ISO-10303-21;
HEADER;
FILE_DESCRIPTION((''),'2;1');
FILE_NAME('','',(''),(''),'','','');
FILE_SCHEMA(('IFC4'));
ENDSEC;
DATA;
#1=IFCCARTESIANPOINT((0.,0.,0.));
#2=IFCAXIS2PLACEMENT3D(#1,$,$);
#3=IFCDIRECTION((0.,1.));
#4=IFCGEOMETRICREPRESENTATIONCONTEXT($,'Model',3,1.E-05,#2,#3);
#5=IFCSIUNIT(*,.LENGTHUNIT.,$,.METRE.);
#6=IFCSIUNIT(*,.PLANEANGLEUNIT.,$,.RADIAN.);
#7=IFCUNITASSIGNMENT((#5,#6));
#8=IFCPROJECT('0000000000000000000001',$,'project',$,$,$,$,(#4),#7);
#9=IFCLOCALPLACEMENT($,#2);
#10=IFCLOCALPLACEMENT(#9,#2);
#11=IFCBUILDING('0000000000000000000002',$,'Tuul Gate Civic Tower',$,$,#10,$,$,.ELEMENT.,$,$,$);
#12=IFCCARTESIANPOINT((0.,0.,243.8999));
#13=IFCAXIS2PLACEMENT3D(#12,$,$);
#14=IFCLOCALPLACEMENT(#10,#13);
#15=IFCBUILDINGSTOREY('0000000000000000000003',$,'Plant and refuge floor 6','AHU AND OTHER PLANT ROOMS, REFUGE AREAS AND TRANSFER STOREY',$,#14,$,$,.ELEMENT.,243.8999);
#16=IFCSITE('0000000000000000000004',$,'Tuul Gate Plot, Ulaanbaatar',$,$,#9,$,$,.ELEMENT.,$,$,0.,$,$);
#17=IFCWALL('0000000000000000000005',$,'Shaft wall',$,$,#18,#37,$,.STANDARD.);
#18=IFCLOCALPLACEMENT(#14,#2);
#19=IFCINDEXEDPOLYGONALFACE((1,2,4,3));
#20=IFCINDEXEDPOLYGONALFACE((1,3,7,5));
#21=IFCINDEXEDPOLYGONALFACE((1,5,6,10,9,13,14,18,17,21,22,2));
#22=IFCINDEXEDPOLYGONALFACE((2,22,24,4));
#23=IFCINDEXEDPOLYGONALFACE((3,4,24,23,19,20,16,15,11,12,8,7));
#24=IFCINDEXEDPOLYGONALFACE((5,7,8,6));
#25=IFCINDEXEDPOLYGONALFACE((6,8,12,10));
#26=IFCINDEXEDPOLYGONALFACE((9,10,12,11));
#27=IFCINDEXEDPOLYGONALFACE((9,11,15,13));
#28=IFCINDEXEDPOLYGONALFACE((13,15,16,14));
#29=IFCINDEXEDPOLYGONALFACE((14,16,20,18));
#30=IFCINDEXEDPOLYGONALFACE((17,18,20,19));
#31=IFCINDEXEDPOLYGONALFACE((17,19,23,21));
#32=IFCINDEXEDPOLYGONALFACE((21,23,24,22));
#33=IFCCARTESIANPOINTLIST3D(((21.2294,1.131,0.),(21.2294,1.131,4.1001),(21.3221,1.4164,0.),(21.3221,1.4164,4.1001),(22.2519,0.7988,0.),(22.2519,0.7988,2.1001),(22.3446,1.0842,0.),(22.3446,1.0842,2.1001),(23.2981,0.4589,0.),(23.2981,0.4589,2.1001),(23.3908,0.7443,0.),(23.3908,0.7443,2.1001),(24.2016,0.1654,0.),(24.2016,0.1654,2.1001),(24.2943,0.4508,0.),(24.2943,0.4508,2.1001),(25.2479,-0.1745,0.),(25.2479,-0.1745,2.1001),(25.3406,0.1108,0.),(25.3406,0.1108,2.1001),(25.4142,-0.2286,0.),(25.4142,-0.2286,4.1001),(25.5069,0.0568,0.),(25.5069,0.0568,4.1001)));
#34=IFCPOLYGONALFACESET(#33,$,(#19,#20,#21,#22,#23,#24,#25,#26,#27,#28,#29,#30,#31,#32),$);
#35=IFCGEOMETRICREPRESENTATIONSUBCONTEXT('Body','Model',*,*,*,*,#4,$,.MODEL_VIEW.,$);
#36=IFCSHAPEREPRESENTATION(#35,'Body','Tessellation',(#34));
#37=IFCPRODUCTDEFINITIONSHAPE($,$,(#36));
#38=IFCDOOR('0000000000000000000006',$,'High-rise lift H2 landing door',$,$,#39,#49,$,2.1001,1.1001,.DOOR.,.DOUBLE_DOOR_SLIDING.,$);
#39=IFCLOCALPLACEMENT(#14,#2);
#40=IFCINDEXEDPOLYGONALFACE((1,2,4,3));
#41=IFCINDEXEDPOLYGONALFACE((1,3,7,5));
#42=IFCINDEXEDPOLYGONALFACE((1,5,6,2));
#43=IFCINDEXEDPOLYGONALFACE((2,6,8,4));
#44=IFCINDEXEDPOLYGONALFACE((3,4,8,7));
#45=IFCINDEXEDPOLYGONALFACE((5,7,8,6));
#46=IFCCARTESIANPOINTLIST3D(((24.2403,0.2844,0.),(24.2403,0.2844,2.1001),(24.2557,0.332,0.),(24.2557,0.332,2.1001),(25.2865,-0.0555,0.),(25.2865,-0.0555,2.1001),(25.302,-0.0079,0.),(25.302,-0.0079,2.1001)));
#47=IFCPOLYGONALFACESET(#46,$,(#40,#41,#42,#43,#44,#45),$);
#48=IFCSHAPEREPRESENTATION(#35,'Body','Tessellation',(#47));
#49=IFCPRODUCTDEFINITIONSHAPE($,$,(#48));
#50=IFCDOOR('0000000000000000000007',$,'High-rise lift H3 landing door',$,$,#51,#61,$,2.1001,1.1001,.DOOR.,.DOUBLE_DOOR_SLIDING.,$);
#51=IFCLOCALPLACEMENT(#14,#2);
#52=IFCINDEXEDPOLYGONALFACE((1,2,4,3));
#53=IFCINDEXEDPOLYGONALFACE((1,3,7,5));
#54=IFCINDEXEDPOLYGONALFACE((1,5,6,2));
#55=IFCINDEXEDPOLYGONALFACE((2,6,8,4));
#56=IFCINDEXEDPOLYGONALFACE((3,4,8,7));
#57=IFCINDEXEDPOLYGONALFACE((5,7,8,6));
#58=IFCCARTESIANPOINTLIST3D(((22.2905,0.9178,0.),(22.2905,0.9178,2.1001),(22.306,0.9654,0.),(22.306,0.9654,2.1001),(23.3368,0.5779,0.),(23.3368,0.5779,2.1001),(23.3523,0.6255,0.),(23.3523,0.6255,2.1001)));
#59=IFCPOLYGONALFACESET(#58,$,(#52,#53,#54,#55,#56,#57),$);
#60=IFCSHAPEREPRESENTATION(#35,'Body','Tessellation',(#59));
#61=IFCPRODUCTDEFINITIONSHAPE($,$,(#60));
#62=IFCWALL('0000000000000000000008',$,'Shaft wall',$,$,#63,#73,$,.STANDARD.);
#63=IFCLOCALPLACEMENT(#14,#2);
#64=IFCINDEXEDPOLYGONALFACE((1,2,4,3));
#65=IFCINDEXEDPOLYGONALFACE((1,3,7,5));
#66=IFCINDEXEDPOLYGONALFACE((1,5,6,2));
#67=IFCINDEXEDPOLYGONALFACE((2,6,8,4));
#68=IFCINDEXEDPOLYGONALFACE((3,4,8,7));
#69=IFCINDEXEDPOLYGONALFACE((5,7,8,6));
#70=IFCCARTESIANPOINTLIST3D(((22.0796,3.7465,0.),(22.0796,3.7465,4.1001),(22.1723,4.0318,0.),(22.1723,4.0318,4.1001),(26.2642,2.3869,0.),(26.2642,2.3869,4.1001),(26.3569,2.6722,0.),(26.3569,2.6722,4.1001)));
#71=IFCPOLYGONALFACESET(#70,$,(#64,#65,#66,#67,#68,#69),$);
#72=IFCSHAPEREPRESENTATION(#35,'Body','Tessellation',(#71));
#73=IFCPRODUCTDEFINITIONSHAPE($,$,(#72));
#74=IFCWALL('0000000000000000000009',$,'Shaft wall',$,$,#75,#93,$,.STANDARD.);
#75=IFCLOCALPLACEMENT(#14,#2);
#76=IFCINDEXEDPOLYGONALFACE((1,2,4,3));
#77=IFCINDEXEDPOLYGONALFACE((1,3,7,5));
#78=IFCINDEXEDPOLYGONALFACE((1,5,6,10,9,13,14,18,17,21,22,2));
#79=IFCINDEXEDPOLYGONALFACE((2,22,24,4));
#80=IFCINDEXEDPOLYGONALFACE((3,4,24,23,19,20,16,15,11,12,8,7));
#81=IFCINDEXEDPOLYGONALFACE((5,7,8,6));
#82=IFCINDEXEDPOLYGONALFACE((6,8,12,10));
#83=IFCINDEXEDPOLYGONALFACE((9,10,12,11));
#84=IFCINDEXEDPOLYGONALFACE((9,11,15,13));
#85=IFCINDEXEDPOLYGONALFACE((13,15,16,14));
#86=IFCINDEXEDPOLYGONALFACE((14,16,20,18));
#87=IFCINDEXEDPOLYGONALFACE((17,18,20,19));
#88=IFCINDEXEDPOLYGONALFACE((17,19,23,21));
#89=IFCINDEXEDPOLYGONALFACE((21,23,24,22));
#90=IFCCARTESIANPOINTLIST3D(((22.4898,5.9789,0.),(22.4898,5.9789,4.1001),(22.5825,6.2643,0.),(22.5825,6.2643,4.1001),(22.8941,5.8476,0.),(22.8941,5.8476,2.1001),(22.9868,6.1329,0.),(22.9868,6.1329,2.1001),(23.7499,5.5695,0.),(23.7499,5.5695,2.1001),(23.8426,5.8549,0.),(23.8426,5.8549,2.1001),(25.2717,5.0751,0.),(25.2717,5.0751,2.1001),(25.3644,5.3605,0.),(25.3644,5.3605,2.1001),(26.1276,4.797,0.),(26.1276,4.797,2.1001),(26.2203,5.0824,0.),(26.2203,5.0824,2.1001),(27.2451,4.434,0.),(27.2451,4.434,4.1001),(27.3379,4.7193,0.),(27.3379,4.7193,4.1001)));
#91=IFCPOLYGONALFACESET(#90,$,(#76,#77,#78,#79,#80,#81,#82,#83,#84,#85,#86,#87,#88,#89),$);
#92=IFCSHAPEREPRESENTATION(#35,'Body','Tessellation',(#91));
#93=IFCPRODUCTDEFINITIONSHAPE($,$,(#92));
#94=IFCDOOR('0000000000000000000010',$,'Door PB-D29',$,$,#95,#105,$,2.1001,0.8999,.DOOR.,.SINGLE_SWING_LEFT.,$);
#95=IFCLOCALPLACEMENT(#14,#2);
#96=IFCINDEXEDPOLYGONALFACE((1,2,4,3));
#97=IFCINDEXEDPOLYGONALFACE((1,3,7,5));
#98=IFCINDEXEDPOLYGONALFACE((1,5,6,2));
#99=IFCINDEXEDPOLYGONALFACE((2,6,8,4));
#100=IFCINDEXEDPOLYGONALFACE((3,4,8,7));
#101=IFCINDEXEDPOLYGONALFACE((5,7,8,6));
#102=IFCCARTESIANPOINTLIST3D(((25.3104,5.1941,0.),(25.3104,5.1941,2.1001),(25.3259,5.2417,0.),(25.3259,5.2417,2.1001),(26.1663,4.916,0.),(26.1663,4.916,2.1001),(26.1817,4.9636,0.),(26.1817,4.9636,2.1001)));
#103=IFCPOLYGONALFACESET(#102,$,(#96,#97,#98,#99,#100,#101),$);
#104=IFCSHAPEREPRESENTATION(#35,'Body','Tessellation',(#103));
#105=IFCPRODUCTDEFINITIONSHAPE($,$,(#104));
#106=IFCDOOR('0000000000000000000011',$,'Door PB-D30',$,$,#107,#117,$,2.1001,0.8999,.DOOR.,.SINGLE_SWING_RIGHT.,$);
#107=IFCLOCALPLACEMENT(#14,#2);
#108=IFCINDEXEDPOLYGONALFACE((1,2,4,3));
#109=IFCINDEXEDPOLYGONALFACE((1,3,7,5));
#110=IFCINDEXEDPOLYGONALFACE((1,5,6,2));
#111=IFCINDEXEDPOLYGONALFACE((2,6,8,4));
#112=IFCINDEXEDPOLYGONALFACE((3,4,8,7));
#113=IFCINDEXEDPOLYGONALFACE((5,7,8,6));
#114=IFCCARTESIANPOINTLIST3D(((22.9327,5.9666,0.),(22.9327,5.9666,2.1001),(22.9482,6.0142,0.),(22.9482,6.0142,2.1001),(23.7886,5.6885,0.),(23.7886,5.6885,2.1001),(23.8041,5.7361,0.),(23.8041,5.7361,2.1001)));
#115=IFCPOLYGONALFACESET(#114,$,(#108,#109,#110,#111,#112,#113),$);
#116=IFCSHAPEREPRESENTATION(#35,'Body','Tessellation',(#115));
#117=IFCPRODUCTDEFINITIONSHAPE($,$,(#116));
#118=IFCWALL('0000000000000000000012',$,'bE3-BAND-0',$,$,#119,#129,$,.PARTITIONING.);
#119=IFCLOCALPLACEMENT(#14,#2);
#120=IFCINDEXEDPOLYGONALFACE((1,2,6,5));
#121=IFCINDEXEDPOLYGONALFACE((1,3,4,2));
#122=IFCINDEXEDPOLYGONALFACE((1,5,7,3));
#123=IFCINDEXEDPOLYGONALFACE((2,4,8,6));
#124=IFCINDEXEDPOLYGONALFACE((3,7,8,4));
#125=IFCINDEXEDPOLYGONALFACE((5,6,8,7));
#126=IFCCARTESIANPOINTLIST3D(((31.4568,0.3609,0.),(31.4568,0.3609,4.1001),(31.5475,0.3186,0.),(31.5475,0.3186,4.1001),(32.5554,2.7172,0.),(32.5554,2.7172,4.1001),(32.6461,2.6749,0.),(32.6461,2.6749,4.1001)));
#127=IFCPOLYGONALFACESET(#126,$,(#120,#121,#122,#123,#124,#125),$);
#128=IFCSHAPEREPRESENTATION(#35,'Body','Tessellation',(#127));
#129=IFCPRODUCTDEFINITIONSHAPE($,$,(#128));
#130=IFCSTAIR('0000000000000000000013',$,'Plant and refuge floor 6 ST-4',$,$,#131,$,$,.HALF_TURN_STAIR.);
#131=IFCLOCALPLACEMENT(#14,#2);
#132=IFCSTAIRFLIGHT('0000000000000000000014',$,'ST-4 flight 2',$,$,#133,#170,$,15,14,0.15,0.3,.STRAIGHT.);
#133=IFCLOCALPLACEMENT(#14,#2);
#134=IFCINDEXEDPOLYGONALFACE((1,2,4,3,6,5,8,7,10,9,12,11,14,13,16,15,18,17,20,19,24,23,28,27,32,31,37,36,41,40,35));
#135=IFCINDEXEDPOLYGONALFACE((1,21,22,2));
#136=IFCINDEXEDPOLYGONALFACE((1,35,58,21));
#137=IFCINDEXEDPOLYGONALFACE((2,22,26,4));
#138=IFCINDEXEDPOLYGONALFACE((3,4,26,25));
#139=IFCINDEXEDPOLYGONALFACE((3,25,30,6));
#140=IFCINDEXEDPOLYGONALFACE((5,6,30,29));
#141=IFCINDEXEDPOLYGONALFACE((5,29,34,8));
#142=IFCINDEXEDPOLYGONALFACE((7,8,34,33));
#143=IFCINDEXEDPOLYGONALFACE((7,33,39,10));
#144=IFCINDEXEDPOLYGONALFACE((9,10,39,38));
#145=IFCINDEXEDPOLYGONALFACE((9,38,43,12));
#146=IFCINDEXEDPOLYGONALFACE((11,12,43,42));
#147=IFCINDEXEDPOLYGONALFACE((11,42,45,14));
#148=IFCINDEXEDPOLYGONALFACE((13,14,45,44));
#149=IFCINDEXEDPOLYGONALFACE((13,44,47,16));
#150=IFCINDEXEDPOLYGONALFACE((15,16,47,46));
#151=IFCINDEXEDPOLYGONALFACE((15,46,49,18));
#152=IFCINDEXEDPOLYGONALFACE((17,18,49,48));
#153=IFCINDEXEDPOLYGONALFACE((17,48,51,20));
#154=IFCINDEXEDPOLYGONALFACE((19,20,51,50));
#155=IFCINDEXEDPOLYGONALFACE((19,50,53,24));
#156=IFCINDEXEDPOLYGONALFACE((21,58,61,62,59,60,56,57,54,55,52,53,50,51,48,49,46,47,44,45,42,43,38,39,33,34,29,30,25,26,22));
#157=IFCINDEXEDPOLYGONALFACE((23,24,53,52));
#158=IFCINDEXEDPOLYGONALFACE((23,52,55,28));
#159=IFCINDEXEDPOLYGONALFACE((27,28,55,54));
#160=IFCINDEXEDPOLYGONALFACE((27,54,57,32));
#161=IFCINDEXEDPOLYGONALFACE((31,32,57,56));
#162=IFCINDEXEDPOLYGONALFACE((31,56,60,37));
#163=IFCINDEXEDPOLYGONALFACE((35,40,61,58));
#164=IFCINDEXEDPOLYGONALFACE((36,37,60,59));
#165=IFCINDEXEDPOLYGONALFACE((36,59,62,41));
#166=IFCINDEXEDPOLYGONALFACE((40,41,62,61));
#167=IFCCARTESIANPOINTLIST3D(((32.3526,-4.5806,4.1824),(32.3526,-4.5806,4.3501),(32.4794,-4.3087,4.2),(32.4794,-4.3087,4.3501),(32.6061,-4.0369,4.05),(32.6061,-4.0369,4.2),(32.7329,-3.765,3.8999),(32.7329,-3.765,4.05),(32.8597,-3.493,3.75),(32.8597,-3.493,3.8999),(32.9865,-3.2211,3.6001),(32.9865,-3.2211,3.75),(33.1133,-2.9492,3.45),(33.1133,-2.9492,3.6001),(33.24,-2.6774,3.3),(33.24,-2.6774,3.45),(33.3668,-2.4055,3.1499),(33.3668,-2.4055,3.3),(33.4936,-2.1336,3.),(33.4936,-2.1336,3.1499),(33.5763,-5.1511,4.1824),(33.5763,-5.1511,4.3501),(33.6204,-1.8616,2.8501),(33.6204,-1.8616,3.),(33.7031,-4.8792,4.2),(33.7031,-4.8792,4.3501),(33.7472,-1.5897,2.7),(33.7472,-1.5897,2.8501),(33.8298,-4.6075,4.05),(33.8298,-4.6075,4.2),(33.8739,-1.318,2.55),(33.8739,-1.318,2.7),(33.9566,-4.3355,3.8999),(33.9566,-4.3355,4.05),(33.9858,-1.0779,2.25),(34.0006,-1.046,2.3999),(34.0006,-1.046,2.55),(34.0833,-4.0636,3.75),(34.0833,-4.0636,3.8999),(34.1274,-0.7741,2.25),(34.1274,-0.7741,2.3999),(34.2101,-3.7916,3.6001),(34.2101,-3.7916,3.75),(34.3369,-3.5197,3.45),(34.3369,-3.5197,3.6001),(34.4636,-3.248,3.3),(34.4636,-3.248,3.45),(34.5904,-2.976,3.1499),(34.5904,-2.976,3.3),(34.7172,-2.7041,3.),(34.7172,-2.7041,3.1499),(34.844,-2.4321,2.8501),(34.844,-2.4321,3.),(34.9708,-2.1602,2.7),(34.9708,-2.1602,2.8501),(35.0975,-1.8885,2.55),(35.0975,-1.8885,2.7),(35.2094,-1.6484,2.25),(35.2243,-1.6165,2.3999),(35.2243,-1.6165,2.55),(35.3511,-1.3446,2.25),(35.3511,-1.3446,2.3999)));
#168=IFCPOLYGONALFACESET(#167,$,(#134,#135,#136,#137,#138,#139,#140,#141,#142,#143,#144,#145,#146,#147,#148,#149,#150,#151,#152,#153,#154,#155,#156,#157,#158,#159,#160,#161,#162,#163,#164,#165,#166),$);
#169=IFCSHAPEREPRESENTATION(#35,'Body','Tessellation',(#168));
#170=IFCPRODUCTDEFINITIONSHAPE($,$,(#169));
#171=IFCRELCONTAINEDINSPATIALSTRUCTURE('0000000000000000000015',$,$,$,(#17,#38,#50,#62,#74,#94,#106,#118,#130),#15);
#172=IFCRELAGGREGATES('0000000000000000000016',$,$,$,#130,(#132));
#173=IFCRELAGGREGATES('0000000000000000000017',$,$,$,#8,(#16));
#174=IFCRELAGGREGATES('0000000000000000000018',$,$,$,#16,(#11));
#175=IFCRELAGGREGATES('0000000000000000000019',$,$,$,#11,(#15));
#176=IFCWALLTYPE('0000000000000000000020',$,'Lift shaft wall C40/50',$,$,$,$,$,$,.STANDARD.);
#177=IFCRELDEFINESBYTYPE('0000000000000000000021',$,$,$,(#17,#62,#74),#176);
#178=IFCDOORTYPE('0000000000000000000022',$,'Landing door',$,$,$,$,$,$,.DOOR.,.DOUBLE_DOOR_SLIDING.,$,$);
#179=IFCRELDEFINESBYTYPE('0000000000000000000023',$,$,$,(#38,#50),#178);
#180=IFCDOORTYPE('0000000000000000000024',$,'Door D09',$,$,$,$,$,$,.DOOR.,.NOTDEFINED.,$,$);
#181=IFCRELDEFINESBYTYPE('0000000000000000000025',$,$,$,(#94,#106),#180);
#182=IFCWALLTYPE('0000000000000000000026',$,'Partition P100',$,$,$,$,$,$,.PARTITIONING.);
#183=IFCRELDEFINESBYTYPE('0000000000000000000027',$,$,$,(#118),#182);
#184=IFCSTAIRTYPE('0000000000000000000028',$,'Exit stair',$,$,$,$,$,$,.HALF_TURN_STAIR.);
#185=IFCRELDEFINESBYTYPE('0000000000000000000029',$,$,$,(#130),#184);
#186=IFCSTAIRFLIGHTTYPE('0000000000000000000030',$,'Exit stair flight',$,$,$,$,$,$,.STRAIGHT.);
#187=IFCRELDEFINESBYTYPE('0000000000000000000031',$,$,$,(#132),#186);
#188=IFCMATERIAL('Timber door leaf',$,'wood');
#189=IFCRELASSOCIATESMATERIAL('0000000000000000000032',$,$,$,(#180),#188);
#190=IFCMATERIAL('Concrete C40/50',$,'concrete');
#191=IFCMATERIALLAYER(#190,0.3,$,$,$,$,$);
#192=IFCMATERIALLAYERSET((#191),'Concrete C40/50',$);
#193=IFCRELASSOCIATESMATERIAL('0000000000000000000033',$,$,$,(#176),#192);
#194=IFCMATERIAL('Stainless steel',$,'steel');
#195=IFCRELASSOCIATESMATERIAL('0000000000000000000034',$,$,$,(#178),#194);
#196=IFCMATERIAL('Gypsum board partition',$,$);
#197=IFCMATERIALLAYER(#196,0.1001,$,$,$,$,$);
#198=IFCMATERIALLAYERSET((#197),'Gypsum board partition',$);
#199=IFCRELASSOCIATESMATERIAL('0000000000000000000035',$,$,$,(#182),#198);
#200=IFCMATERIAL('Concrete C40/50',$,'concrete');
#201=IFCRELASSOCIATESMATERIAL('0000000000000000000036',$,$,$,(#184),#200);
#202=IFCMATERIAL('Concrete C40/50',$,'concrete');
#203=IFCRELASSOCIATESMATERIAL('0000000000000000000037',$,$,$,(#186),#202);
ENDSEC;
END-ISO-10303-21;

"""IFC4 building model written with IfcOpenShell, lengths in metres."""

from ifc_helpers import new_model, si_unit, direction, frame, frame_2d, origin, place, context, subcontext, project, spatial, polyline, rectangle, outline, extrude, material, layer, layer_set, type_object, element, fill, aggregate, save


model = new_model("IFC4")

# Units and contexts
model_context = context("Model", 3, precision=1e-05, world=origin(), true_north=direction((0.0, 1.0)))
body_context = subcontext(model_context, "Body", "Model", "MODEL_VIEW")
ifc_project = project(units=[si_unit("LENGTHUNIT", "METRE"), si_unit("PLANEANGLEUNIT", "RADIAN")], contexts=[model_context])

# Site, building, storey
site_placement = place(None, origin())
site = spatial("IfcSite", under=ifc_project, at=site_placement, Name="Tuul Gate Plot, Ulaanbaatar", CompositionType="ELEMENT", RefElevation=0.0)
building_placement = place(site_placement, origin())
building = spatial("IfcBuilding", under=site, at=building_placement, Name="Tuul Gate Civic Tower", CompositionType="ELEMENT")
storey_placement = place(building_placement, frame((0.0, 0.0, 243.8999)))
storey = spatial("IfcBuildingStorey", under=building, at=storey_placement, Name="Plant and refuge floor 6", Description="AHU AND OTHER PLANT ROOMS, REFUGE AREAS AND TRANSFER STOREY", CompositionType="ELEMENT", Elevation=243.8999)

# Shared definitions
ifc_material_1 = material(Name="Timber door leaf", Category="wood")
door_type_1 = type_object("IfcDoorType", Name="Door D09", OperationType="NOTDEFINED", PredefinedType="DOOR", material=ifc_material_1)

# Wall, openings, doors
ifc_material_2 = material(Name="Concrete C40/50", Category="concrete")
ifc_layer_1 = layer(ifc_material_2, 0.3)
ifc_layer_set_1 = layer_set([ifc_layer_1], Name="Concrete C40/50")
wall_type_1 = type_object("IfcWallType", Name="Lift shaft wall C40/50", PredefinedType="STANDARD", material=ifc_layer_set_1)
wall_1_placement = place(storey_placement, frame((25.4607, -0.0859, 0.0), z_axis=(0.0, 0.0, 1.0), x_axis=(-0.951064, 0.308994, 0.0)))
wall_1 = element("IfcWall", 1, at=wall_1_placement, inside=storey, type_object=wall_type_1, Name="Shaft wall", PredefinedType="STANDARD", context=body_context, shape_type="SweptSolid", body=[
    extrude(rectangle(XDim=4.4001, YDim=0.3, at=frame_2d((2.2002, 0.0))), origin(), (0.0, 0.0, 1.0), 4.1001),
])
opening_1_placement = place(wall_1_placement, frame((0.175, 0.0, 0.0)))
opening_1 = element("IfcOpeningElement", 2, at=opening_1_placement, cuts=wall_1, PredefinedType="OPENING", context=body_context, shape_type="SweptSolid", body=[
    extrude(rectangle(XDim=1.1001, YDim=2.1001, at=frame_2d((0.55, 1.05))), frame((0.0, 0.1602, 0.0), z_axis=(0.0, -1.0, 0.0), x_axis=(1.0, 0.0, 0.0)), (0.0, 0.0, 1.0), 0.3201),
])
opening_2_placement = place(wall_1_placement, frame((2.2251, 0.0, 0.0)))
opening_2 = element("IfcOpeningElement", 3, at=opening_2_placement, cuts=wall_1, PredefinedType="OPENING", context=body_context, shape_type="SweptSolid", body=[
    extrude(rectangle(XDim=1.1001, YDim=2.1001, at=frame_2d((0.55, 1.05))), frame((0.0, 0.1602, 0.0), z_axis=(0.0, -1.0, 0.0), x_axis=(1.0, 0.0, 0.0)), (0.0, 0.0, 1.0), 0.3201),
])
ifc_material_3 = material(Name="Stainless steel", Category="steel")
door_type_2 = type_object("IfcDoorType", Name="Landing door", OperationType="DOUBLE_DOOR_SLIDING", PredefinedType="DOOR", material=ifc_material_3)
door_1_placement = place(opening_1_placement, origin())
door_1 = element("IfcDoor", 4, at=door_1_placement, inside=storey, type_object=door_type_2, Name="High-rise lift H2 landing door", OperationType="DOUBLE_DOOR_SLIDING", OverallHeight=2.1001, OverallWidth=1.1001, PredefinedType="DOOR", context=body_context, shape_type="SweptSolid", body=[
    extrude(rectangle(XDim=1.1001, YDim=2.1001, at=frame_2d((0.55, 1.05))), frame((0.0, 0.0249, 0.0), z_axis=(0.0, -1.0, 0.0), x_axis=(1.0, 0.0, 0.0)), (0.0, 0.0, 1.0), 0.05),
])
fill(opening_1, door_1)
door_2_placement = place(opening_2_placement, origin())
door_2 = element("IfcDoor", 5, at=door_2_placement, inside=storey, type_object=door_type_2, Name="High-rise lift H3 landing door", OperationType="DOUBLE_DOOR_SLIDING", OverallHeight=2.1001, OverallWidth=1.1001, PredefinedType="DOOR", context=body_context, shape_type="SweptSolid", body=[
    extrude(rectangle(XDim=1.1001, YDim=2.1001, at=frame_2d((0.55, 1.05))), frame((0.0, 0.0249, 0.0), z_axis=(0.0, -1.0, 0.0), x_axis=(1.0, 0.0, 0.0)), (0.0, 0.0, 1.0), 0.05),
])
fill(opening_2, door_2)

# Wall
wall_2_placement = place(storey_placement, frame((26.3105, 2.5295, 0.0), z_axis=(0.0, 0.0, 1.0), x_axis=(-0.951059, 0.309011, 0.0)))
element("IfcWall", 6, at=wall_2_placement, inside=storey, type_object=wall_type_1, Name="Shaft wall", PredefinedType="STANDARD", context=body_context, shape_type="SweptSolid", body=[
    extrude(rectangle(XDim=4.3999, YDim=0.3, at=frame_2d((2.2, 0.0))), origin(), (0.0, 0.0, 1.0), 4.1001),
])

# Wall, openings, doors
wall_3_placement = place(storey_placement, frame((27.2915, 4.5767, 0.0), z_axis=(0.0, 0.0, 1.0), x_axis=(-0.951068, 0.308982, 0.0)))
wall_3 = element("IfcWall", 7, at=wall_3_placement, inside=storey, type_object=wall_type_1, Name="Shaft wall", PredefinedType="STANDARD", context=body_context, shape_type="SweptSolid", body=[
    extrude(rectangle(XDim=5.0, YDim=0.3, at=frame_2d((2.5, 0.0))), origin(), (0.0, 0.0, 1.0), 4.1001),
])
opening_3_placement = place(wall_3_placement, frame((1.175, 0.0, 0.0)))
opening_3 = element("IfcOpeningElement", 8, at=opening_3_placement, cuts=wall_3, PredefinedType="OPENING", context=body_context, shape_type="SweptSolid", body=[
    extrude(rectangle(XDim=0.8999, YDim=2.1001, at=frame_2d((0.45, 1.05))), frame((0.0, 0.1602, 0.0), z_axis=(0.0, -1.0, 0.0), x_axis=(1.0, 0.0, 0.0)), (0.0, 0.0, 1.0), 0.3201),
])
opening_4_placement = place(wall_3_placement, frame((3.675, 0.0, 0.0)))
opening_4 = element("IfcOpeningElement", 9, at=opening_4_placement, cuts=wall_3, PredefinedType="OPENING", context=body_context, shape_type="SweptSolid", body=[
    extrude(rectangle(XDim=0.8999, YDim=2.1001, at=frame_2d((0.45, 1.05))), frame((0.0, 0.1602, 0.0), z_axis=(0.0, -1.0, 0.0), x_axis=(1.0, 0.0, 0.0)), (0.0, 0.0, 1.0), 0.3201),
])
door_3_placement = place(opening_3_placement, origin())
door_3 = element("IfcDoor", 10, at=door_3_placement, inside=storey, type_object=door_type_1, Name="Door PB-D29", OperationType="SINGLE_SWING_LEFT", OverallHeight=2.1001, OverallWidth=0.8999, PredefinedType="DOOR", context=body_context, shape_type="SweptSolid", body=[
    extrude(rectangle(XDim=0.8999, YDim=2.1001, at=frame_2d((0.45, 1.05))), frame((0.0, 0.0249, 0.0), z_axis=(0.0, -1.0, 0.0), x_axis=(1.0, 0.0, 0.0)), (0.0, 0.0, 1.0), 0.05),
])
fill(opening_3, door_3)
door_4_placement = place(opening_4_placement, origin())
door_4 = element("IfcDoor", 11, at=door_4_placement, inside=storey, type_object=door_type_1, Name="Door PB-D30", OperationType="SINGLE_SWING_RIGHT", OverallHeight=2.1001, OverallWidth=0.8999, PredefinedType="DOOR", context=body_context, shape_type="SweptSolid", body=[
    extrude(rectangle(XDim=0.8999, YDim=2.1001, at=frame_2d((0.45, 1.05))), frame((0.0, 0.0249, 0.0), z_axis=(0.0, -1.0, 0.0), x_axis=(1.0, 0.0, 0.0)), (0.0, 0.0, 1.0), 0.05),
])
fill(opening_4, door_4)

# Wall
ifc_material_4 = material(Name="Gypsum board partition")
ifc_layer_2 = layer(ifc_material_4, 0.1001)
ifc_layer_set_2 = layer_set([ifc_layer_2], Name="Gypsum board partition")
wall_type_2 = type_object("IfcWallType", Name="Partition P100", PredefinedType="PARTITIONING", material=ifc_layer_set_2)
wall_4_placement = place(storey_placement, frame((31.5022, 0.3398, 0.0), z_axis=(0.0, 0.0, 1.0), x_axis=(0.422556, 0.906337, 0.0)))
element("IfcWall", 12, at=wall_4_placement, inside=storey, type_object=wall_type_2, Name="bE3-BAND-0", PredefinedType="PARTITIONING", context=body_context, shape_type="SweptSolid", body=[
    extrude(rectangle(XDim=2.5999, YDim=0.1001, at=frame_2d((1.2998, 0.0))), origin(), (0.0, 0.0, 1.0), 4.1001),
])

# Stair, stair flight
ifc_material_5 = material(Name="Concrete C40/50", Category="concrete")
stair_type = type_object("IfcStairType", Name="Exit stair", PredefinedType="HALF_TURN_STAIR", material=ifc_material_5)
stair_placement = place(storey_placement, origin())
stair = element("IfcStair", 13, at=stair_placement, inside=storey, type_object=stair_type, Name="Plant and refuge floor 6 ST-4", PredefinedType="HALF_TURN_STAIR")
ifc_material_6 = material(Name="Concrete C40/50", Category="concrete")
stair_flight_type = type_object("IfcStairFlightType", Name="Exit stair flight", PredefinedType="STRAIGHT", material=ifc_material_6)
stair_flight_placement = place(storey_placement, frame((34.7393, -1.0593, 2.25), z_axis=(0.0, 0.0, 1.0), x_axis=(-0.422576, -0.906327, 0.0)))
stair_flight = element("IfcStairFlight", 14, at=stair_flight_placement, type_object=stair_flight_type, Name="ST-4 flight 2", NumberOfRisers=15, NumberOfTreads=14, PredefinedType="STRAIGHT", RiserHeight=0.15, TreadLength=0.3, context=body_context, shape_type="SweptSolid", body=[
    extrude(outline(polyline([(0.0, 0.0), (0.0, 0.1499), (0.3, 0.1499), (0.3, 0.3), (0.6001, 0.3), (0.6001, 0.45), (0.8999, 0.45), (0.8999, 0.6001), (1.2, 0.6001), (1.2, 0.75), (1.5, 0.75), (1.5, 0.8999), (1.8, 0.8999), (1.8, 1.05), (2.1001, 1.05), (2.1001, 1.2), (2.3999, 1.2), (2.3999, 1.3501), (2.7, 1.3501), (2.7, 1.5), (3.0, 1.5), (3.0, 1.6499), (3.3, 1.6499), (3.3, 1.8), (3.6001, 1.8), (3.6001, 1.95), (3.8999, 1.95), (3.8999, 2.1001), (4.2, 2.1001), (4.2, 2.25), (4.2, 1.9324), (0.3352, 0.0), (0.0, 0.0)])), frame((0.0, 0.675, 0.0), z_axis=(0.0, -1.0, 0.0), x_axis=(1.0, 0.0, 0.0)), (0.0, 0.0, 1.0), 1.3501),
])
aggregate(stair, [stair_flight])

save(model, "model.ifc")
